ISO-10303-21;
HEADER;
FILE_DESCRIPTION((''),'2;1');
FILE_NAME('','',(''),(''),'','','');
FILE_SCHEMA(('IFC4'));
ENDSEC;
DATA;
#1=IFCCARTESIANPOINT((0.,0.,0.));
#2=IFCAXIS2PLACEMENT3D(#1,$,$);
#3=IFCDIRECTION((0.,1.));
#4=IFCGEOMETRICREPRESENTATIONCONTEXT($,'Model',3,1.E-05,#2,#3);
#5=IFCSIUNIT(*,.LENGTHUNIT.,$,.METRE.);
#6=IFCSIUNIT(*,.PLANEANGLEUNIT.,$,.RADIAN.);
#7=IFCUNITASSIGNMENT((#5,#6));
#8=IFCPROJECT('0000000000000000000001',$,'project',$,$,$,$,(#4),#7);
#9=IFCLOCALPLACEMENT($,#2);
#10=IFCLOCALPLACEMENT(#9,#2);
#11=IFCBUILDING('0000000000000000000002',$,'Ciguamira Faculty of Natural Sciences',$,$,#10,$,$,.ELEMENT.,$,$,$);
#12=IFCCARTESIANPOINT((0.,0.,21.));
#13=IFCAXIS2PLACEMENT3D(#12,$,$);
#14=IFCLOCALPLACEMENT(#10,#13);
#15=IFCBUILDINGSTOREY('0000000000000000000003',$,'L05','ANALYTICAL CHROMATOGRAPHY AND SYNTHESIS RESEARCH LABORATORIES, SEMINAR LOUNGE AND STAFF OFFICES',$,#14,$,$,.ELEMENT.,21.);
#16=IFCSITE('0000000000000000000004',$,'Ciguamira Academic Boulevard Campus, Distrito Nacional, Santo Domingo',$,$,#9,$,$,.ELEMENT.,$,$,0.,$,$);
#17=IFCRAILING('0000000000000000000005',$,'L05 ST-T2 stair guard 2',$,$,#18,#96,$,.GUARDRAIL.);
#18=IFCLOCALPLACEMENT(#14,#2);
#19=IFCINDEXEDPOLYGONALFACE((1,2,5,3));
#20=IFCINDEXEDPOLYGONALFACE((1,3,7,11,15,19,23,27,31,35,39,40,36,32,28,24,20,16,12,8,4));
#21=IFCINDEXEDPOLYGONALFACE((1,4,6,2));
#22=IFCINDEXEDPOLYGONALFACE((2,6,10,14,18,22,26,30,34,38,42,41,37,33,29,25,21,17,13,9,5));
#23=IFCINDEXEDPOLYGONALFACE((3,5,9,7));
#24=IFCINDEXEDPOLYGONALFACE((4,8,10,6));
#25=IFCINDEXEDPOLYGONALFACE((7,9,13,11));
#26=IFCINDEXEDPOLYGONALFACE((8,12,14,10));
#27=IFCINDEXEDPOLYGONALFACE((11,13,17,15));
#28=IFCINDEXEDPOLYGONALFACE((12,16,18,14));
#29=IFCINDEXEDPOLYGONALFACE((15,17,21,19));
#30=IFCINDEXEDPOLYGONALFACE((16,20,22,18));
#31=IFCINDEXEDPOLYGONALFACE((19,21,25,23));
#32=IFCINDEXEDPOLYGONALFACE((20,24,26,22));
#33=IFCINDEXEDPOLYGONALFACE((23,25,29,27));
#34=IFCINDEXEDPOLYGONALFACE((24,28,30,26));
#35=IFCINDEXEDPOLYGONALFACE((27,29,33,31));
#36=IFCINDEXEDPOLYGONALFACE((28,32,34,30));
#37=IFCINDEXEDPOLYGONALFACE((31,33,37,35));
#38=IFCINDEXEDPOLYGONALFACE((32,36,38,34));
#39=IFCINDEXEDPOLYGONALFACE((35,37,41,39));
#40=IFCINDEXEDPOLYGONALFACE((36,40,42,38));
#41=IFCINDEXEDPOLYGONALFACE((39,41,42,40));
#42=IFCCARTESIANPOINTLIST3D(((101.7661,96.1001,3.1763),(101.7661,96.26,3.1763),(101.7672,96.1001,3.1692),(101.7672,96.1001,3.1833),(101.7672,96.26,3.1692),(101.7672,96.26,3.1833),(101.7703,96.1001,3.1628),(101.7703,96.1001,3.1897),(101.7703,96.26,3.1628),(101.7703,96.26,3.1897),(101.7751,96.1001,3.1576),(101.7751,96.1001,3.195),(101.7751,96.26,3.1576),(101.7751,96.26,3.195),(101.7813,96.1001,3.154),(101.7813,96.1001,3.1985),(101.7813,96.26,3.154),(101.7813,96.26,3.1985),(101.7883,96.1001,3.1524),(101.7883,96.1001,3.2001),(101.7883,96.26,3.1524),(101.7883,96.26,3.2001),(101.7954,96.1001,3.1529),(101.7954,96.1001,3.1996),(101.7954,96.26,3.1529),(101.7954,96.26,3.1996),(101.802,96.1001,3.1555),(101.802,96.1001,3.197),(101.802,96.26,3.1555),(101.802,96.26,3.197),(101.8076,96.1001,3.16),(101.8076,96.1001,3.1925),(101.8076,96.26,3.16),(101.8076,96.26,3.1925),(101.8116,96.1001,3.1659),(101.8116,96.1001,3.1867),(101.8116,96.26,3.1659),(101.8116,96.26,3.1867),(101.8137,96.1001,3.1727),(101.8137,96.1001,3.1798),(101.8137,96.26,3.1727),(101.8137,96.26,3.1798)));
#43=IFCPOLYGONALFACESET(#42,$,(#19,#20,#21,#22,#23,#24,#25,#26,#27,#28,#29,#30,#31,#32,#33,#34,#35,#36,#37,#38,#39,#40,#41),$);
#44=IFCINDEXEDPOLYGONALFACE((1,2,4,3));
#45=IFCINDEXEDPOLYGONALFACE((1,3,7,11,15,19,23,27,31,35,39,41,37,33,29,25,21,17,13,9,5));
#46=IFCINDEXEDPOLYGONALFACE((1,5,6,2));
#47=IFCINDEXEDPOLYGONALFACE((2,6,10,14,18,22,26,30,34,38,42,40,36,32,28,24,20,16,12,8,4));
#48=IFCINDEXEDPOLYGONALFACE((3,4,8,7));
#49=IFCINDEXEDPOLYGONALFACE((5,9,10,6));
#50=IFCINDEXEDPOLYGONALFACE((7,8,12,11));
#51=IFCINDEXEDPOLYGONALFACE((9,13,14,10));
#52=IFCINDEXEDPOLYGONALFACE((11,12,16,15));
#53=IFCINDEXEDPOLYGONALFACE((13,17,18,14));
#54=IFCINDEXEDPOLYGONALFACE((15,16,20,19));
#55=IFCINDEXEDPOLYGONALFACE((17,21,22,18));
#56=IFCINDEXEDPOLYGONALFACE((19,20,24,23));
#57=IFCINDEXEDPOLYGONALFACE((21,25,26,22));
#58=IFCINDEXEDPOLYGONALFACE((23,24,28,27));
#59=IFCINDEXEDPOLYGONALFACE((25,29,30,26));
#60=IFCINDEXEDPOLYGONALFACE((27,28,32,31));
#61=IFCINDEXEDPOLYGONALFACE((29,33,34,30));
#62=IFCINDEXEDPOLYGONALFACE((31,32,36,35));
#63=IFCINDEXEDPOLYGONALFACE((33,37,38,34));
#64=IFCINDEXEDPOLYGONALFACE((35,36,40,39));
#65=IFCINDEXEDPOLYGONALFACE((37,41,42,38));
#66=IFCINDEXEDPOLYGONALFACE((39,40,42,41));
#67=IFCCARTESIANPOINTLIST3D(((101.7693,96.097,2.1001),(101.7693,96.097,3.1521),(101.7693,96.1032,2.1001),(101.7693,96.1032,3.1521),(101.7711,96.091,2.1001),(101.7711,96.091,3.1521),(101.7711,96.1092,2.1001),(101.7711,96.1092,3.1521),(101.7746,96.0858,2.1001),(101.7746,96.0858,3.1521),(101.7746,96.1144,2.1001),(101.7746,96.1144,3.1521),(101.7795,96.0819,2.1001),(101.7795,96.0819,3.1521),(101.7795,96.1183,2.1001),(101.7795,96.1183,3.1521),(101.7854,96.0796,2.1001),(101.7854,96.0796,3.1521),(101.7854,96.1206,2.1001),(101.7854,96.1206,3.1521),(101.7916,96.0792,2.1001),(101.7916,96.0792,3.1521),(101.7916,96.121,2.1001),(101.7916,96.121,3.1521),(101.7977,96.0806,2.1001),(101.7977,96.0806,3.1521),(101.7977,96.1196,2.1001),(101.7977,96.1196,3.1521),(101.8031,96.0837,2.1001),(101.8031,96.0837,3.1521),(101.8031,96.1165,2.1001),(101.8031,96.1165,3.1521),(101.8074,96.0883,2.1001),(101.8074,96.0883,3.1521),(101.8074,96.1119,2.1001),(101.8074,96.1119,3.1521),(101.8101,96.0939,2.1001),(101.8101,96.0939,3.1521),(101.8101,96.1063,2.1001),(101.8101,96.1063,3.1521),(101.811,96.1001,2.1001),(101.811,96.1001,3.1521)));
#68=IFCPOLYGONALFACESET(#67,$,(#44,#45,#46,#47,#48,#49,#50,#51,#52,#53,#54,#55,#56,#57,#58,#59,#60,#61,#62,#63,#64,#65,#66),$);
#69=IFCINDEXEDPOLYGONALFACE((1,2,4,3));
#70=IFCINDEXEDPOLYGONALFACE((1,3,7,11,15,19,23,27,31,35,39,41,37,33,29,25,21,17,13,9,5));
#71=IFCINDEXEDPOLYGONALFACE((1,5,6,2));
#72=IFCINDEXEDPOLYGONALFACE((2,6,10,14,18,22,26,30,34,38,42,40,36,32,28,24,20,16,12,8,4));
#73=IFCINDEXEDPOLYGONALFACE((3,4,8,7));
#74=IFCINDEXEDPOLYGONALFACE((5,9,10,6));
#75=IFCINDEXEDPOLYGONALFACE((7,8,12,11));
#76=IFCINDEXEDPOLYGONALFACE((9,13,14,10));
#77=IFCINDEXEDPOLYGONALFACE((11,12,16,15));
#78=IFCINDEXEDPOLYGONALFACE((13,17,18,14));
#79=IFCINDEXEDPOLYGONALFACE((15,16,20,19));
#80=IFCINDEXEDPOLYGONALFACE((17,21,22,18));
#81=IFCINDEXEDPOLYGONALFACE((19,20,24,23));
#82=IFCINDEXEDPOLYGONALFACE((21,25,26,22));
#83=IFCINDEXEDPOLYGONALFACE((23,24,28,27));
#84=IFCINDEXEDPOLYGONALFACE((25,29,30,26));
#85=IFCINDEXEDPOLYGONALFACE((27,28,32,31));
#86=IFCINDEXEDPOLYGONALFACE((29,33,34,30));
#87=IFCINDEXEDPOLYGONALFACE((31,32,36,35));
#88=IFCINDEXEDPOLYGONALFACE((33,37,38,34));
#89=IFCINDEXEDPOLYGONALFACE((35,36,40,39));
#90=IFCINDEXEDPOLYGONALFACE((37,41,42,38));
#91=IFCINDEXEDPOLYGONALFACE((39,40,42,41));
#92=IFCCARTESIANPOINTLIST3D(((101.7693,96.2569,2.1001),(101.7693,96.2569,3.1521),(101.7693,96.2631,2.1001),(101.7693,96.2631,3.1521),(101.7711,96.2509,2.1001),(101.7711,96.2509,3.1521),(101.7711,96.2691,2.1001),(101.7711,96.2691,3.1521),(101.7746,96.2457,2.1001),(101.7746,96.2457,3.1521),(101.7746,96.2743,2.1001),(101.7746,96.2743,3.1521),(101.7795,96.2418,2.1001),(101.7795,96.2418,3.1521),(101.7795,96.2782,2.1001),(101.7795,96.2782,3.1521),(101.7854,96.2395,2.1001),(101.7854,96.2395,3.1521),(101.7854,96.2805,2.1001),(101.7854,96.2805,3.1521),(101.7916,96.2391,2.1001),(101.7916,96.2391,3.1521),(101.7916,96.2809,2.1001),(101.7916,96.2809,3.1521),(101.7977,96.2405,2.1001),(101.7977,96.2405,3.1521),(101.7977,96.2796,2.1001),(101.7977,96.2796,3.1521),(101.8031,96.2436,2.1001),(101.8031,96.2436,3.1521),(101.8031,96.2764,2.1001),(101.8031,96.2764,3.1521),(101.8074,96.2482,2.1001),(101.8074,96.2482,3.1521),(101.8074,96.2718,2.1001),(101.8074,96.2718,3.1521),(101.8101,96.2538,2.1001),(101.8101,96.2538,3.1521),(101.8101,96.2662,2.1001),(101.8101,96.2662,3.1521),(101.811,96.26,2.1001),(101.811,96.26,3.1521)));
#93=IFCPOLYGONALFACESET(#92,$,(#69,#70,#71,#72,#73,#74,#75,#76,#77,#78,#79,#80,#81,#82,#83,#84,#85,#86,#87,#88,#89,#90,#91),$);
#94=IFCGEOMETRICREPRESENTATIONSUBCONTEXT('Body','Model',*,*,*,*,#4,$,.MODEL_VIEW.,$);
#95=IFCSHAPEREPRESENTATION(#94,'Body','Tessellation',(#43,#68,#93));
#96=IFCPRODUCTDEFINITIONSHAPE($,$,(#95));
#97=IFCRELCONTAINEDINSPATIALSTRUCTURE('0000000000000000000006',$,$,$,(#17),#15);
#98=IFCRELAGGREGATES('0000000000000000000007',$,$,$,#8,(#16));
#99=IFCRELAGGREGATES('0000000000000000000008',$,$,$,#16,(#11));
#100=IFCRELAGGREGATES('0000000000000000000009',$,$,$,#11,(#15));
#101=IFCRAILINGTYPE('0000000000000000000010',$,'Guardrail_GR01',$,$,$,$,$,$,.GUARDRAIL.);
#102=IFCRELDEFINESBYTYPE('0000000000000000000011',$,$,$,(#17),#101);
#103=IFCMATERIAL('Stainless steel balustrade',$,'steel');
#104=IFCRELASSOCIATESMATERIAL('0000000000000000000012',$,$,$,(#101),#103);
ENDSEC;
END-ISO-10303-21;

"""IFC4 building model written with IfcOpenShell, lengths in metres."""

from ifc_helpers import new_model, si_unit, direction, frame, origin, origin_2d, place, context, subcontext, project, spatial, circle, extrude, material, type_object, element, save


model = new_model("IFC4")

# Units and contexts
model_context = context("Model", 3, precision=1e-05, world=origin(), true_north=direction((0.0, 1.0)))
body_context = subcontext(model_context, "Body", "Model", "MODEL_VIEW")
ifc_project = project(units=[si_unit("LENGTHUNIT", "METRE"), si_unit("PLANEANGLEUNIT", "RADIAN")], contexts=[model_context])

# Site, building, storey
site_placement = place(None, origin())
site = spatial("IfcSite", under=ifc_project, at=site_placement, Name="Ciguamira Academic Boulevard Campus, Distrito Nacional, Santo Domingo", CompositionType="ELEMENT", RefElevation=0.0)
building_placement = place(site_placement, origin())
building = spatial("IfcBuilding", under=site, at=building_placement, Name="Ciguamira Faculty of Natural Sciences", CompositionType="ELEMENT")
storey_placement = place(building_placement, frame((0.0, 0.0, 21.0)))
storey = spatial("IfcBuildingStorey", under=building, at=storey_placement, Name="L05", Description="ANALYTICAL CHROMATOGRAPHY AND SYNTHESIS RESEARCH LABORATORIES, SEMINAR LOUNGE AND STAFF OFFICES", CompositionType="ELEMENT", Elevation=21.0)

# Railing
ifc_material_1 = material(Name="Stainless steel balustrade", Category="steel")
railing_type_1 = type_object("IfcRailingType", Name="Guardrail_GR01", PredefinedType="GUARDRAIL", material=ifc_material_1)
railing_1_placement = place(storey_placement, frame((101.79, 96.1001, 2.1001)))
element("IfcRailing", 1, at=railing_1_placement, inside=storey, type_object=railing_type_1, Name="L05 ST-T2 stair guard 2", PredefinedType="GUARDRAIL", context=body_context, shape_type="SweptSolid", body=[
    extrude(circle(Radius=0.0239, at=origin_2d()), frame((0.0, 0.0, 1.0762), z_axis=(0.0, 1.0, 0.0), x_axis=(-1.0, 0.0, 0.0)), (0.0, 0.0, 1.0), 0.1599),
    extrude(circle(Radius=0.021, at=origin_2d()), origin(), (0.0, 0.0, 1.0), 1.052),
    extrude(circle(Radius=0.021, at=origin_2d()), frame((0.0, 0.1599, 0.0)), (0.0, 0.0, 1.0), 1.052),
])

save(model, "model.ifc")
